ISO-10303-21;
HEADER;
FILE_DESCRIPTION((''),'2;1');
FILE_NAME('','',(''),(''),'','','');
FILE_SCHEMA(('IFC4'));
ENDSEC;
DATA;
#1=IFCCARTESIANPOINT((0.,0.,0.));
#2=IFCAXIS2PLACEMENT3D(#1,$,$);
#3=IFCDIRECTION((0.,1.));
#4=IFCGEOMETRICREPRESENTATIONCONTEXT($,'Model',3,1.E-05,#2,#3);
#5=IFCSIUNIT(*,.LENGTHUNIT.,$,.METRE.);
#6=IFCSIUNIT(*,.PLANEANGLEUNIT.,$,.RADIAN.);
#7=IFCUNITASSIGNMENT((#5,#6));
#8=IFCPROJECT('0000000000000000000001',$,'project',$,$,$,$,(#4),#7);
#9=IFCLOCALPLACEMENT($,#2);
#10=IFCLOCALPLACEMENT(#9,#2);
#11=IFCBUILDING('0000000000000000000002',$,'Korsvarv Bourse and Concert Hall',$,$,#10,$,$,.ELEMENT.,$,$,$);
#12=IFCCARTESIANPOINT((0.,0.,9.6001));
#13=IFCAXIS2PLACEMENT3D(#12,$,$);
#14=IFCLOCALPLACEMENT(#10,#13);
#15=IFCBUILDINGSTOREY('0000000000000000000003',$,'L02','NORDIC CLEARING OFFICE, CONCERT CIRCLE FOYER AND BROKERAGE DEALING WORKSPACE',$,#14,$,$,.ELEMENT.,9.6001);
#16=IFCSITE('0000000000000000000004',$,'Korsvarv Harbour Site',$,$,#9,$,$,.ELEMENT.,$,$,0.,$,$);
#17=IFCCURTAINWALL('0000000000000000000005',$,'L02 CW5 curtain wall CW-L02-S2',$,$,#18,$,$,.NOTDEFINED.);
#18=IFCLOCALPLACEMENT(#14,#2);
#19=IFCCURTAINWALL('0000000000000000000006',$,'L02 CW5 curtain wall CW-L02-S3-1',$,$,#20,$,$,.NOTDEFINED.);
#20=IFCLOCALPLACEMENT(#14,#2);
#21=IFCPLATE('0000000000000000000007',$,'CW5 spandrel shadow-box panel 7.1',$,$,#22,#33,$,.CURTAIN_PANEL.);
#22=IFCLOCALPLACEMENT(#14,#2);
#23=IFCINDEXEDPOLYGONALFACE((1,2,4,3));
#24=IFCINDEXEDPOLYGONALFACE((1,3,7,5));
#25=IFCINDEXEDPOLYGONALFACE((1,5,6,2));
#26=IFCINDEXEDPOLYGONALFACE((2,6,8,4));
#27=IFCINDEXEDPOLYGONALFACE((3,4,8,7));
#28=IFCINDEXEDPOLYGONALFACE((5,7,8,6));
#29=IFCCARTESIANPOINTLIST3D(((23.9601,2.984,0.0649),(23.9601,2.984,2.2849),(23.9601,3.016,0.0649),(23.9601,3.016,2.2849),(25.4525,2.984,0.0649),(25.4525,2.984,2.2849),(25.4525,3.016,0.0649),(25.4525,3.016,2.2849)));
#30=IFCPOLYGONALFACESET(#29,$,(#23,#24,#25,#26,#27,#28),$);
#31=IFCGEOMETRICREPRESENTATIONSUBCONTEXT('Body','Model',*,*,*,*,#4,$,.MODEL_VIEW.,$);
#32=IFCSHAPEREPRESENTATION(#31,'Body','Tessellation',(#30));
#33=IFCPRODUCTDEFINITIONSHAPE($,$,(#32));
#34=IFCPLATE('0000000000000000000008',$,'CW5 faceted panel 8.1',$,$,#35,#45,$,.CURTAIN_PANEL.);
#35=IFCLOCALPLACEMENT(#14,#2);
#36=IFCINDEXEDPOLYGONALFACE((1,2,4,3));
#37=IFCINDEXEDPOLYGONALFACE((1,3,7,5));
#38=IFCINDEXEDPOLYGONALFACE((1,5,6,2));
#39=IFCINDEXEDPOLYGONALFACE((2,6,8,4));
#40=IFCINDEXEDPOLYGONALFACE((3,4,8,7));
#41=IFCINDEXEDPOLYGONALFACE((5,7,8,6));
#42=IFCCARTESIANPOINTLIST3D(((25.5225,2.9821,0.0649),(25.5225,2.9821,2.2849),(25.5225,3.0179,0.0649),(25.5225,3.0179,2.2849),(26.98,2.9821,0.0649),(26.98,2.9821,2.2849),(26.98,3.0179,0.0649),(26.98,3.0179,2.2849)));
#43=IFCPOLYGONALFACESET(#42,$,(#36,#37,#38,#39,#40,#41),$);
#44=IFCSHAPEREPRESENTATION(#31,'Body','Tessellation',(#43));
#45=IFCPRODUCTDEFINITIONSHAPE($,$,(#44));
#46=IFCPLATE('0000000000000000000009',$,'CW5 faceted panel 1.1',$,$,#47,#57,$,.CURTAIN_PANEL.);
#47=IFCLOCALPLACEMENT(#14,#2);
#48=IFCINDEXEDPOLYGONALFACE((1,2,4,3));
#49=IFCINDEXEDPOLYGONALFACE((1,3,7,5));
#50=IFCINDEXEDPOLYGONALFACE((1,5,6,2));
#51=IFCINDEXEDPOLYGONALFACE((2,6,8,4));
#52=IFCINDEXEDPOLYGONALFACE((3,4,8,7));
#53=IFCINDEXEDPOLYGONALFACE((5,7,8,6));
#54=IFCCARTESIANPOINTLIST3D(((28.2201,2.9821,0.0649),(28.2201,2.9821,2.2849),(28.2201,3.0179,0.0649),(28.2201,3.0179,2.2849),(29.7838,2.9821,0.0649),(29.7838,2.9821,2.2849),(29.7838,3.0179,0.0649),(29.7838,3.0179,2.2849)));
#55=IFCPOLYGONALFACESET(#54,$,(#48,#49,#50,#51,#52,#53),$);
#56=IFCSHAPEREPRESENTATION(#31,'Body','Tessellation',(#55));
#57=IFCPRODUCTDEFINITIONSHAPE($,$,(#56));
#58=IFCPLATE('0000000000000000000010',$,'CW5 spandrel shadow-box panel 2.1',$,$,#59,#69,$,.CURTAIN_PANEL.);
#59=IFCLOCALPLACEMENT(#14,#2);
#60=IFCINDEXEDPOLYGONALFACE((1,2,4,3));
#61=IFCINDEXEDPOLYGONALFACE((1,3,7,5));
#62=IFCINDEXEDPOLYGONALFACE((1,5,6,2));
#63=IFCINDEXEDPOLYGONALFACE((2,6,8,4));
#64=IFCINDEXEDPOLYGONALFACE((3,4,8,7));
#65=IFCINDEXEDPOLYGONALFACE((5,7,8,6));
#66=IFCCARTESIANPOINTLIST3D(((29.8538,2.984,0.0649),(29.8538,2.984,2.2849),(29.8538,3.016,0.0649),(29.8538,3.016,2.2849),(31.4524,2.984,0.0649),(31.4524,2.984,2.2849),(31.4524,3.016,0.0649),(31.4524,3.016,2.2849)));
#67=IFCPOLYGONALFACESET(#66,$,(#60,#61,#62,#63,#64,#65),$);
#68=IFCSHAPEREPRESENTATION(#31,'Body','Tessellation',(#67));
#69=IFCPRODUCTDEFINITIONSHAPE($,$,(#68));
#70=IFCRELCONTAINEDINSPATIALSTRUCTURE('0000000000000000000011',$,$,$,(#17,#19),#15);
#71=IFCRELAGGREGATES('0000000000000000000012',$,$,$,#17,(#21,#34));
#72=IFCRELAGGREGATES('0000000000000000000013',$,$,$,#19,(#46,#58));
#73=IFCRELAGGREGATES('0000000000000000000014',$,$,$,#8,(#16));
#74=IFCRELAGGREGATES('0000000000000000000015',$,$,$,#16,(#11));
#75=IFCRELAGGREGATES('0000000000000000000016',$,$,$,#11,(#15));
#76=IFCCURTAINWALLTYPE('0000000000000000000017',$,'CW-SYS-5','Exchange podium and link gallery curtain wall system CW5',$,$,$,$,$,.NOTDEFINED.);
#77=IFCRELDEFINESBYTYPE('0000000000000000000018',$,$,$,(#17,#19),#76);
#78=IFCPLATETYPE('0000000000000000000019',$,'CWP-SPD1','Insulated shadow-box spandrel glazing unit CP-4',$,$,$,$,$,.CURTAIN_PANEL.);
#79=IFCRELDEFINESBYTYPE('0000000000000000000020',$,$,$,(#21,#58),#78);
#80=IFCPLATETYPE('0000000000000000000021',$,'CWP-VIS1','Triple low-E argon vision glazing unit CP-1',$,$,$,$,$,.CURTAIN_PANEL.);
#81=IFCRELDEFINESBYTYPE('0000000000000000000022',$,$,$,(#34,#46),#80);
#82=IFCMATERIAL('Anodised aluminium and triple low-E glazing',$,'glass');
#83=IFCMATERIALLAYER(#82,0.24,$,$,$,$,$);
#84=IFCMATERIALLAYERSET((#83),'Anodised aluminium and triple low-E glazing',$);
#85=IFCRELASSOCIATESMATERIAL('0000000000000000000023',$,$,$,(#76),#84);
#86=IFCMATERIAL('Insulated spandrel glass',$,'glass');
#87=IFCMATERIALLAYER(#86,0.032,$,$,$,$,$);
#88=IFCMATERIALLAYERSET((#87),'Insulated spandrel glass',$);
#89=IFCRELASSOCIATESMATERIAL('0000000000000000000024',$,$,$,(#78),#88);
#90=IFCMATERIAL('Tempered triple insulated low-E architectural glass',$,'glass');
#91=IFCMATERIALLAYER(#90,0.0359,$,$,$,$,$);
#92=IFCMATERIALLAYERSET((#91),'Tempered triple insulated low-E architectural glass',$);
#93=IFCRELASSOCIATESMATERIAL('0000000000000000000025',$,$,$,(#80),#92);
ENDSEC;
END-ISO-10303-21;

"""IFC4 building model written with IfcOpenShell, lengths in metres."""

from ifc_helpers import new_model, si_unit, direction, frame, origin, origin_2d, place, context, subcontext, project, spatial, rectangle, extrude, source, transform, mapped, material, layer, layer_set, type_object, element, aggregate, save


model = new_model("IFC4")

# Units and contexts
model_context = context("Model", 3, precision=1e-05, world=origin(), true_north=direction((0.0, 1.0)))
body_context = subcontext(model_context, "Body", "Model", "MODEL_VIEW")
ifc_project = project(units=[si_unit("LENGTHUNIT", "METRE"), si_unit("PLANEANGLEUNIT", "RADIAN")], contexts=[model_context])

# Site, building, storey
site_placement = place(None, origin())
site = spatial("IfcSite", under=ifc_project, at=site_placement, Name="Korsvarv Harbour Site", CompositionType="ELEMENT", RefElevation=0.0)
building_placement = place(site_placement, origin())
building = spatial("IfcBuilding", under=site, at=building_placement, Name="Korsvarv Bourse and Concert Hall", CompositionType="ELEMENT")
storey_placement = place(building_placement, frame((0.0, 0.0, 9.6001)))
storey = spatial("IfcBuildingStorey", under=building, at=storey_placement, Name="L02", Description="NORDIC CLEARING OFFICE, CONCERT CIRCLE FOYER AND BROKERAGE DEALING WORKSPACE", CompositionType="ELEMENT", Elevation=9.6001)

# Curtain walls
ifc_material_1 = material(Name="Anodised aluminium and triple low-E glazing", Category="glass")
ifc_layer_1 = layer(ifc_material_1, 0.24)
ifc_layer_set_1 = layer_set([ifc_layer_1], Name="Anodised aluminium and triple low-E glazing")
curtain_wall_type = type_object("IfcCurtainWallType", Name="CW-SYS-5", Description="Exchange podium and link gallery curtain wall system CW5", PredefinedType="NOTDEFINED", material=ifc_layer_set_1)
curtain_wall_1_placement = place(storey_placement, origin())
curtain_wall_1 = element("IfcCurtainWall", 1, at=curtain_wall_1_placement, inside=storey, type_object=curtain_wall_type, Name="L02 CW5 curtain wall CW-L02-S2", PredefinedType="NOTDEFINED")
curtain_wall_2_placement = place(storey_placement, origin())
curtain_wall_2 = element("IfcCurtainWall", 2, at=curtain_wall_2_placement, inside=storey, type_object=curtain_wall_type, Name="L02 CW5 curtain wall CW-L02-S3-1", PredefinedType="NOTDEFINED")

# Plates
ifc_material_2 = material(Name="Insulated spandrel glass", Category="glass")
ifc_layer_2 = layer(ifc_material_2, 0.032)
ifc_layer_set_2 = layer_set([ifc_layer_2], Name="Insulated spandrel glass")
plate_type_1 = type_object("IfcPlateType", Name="CWP-SPD1", Description="Insulated shadow-box spandrel glazing unit CP-4", PredefinedType="CURTAIN_PANEL", material=ifc_layer_set_2)
shared_shape_1 = source(origin(), body_context, "Body", "SweptSolid", [
    extrude(rectangle(XDim=1.4924, YDim=0.032, at=origin_2d()), origin(), (0.0, 0.0, 1.0), 2.22),
])
plate_1_placement = place(storey_placement, frame((24.7063, 3.0, 0.0649), z_axis=(0.0, 0.0, 1.0), x_axis=(1.0, 0.0, 0.0)))
plate_1 = element("IfcPlate", 3, at=plate_1_placement, type_object=plate_type_1, Name="CW5 spandrel shadow-box panel 7.1", PredefinedType="CURTAIN_PANEL", context=body_context, shape_type="MappedRepresentation", body=[
    mapped(shared_shape_1, transform((0.0, 0.0, 0.0), scale=1.0)),
])
ifc_material_3 = material(Name="Tempered triple insulated low-E architectural glass", Category="glass")
ifc_layer_3 = layer(ifc_material_3, 0.0359)
ifc_layer_set_3 = layer_set([ifc_layer_3], Name="Tempered triple insulated low-E architectural glass")
plate_type_2 = type_object("IfcPlateType", Name="CWP-VIS1", Description="Triple low-E argon vision glazing unit CP-1", PredefinedType="CURTAIN_PANEL", material=ifc_layer_set_3)
shared_shape_2 = source(origin(), body_context, "Body", "SweptSolid", [
    extrude(rectangle(XDim=1.4575, YDim=0.0359, at=origin_2d()), origin(), (0.0, 0.0, 1.0), 2.22),
])
plate_2_placement = place(storey_placement, frame((26.2512, 3.0, 0.0649), z_axis=(0.0, 0.0, 1.0), x_axis=(1.0, 0.0, 0.0)))
plate_2 = element("IfcPlate", 4, at=plate_2_placement, type_object=plate_type_2, Name="CW5 faceted panel 8.1", PredefinedType="CURTAIN_PANEL", context=body_context, shape_type="MappedRepresentation", body=[
    mapped(shared_shape_2, transform((0.0, 0.0, 0.0), scale=1.0)),
])
aggregate(curtain_wall_1, [plate_1, plate_2])
shared_shape_3 = source(origin(), body_context, "Body", "SweptSolid", [
    extrude(rectangle(XDim=1.5637, YDim=0.0359, at=origin_2d()), origin(), (0.0, 0.0, 1.0), 2.22),
])
plate_3_placement = place(storey_placement, frame((29.002, 3.0, 0.0649), z_axis=(0.0, 0.0, 1.0), x_axis=(1.0, 0.0, 0.0)))
plate_3 = element("IfcPlate", 5, at=plate_3_placement, type_object=plate_type_2, Name="CW5 faceted panel 1.1", PredefinedType="CURTAIN_PANEL", context=body_context, shape_type="MappedRepresentation", body=[
    mapped(shared_shape_3, transform((0.0, 0.0, 0.0), scale=1.0)),
])
shared_shape_4 = source(origin(), body_context, "Body", "SweptSolid", [
    extrude(rectangle(XDim=1.5986, YDim=0.032, at=origin_2d()), origin(), (0.0, 0.0, 1.0), 2.22),
])
plate_4_placement = place(storey_placement, frame((30.6531, 3.0, 0.0649), z_axis=(0.0, 0.0, 1.0), x_axis=(1.0, 0.0, 0.0)))
plate_4 = element("IfcPlate", 6, at=plate_4_placement, type_object=plate_type_1, Name="CW5 spandrel shadow-box panel 2.1", PredefinedType="CURTAIN_PANEL", context=body_context, shape_type="MappedRepresentation", body=[
    mapped(shared_shape_4, transform((0.0, 0.0, 0.0), scale=1.0)),
])
aggregate(curtain_wall_2, [plate_3, plate_4])

save(model, "model.ifc")
